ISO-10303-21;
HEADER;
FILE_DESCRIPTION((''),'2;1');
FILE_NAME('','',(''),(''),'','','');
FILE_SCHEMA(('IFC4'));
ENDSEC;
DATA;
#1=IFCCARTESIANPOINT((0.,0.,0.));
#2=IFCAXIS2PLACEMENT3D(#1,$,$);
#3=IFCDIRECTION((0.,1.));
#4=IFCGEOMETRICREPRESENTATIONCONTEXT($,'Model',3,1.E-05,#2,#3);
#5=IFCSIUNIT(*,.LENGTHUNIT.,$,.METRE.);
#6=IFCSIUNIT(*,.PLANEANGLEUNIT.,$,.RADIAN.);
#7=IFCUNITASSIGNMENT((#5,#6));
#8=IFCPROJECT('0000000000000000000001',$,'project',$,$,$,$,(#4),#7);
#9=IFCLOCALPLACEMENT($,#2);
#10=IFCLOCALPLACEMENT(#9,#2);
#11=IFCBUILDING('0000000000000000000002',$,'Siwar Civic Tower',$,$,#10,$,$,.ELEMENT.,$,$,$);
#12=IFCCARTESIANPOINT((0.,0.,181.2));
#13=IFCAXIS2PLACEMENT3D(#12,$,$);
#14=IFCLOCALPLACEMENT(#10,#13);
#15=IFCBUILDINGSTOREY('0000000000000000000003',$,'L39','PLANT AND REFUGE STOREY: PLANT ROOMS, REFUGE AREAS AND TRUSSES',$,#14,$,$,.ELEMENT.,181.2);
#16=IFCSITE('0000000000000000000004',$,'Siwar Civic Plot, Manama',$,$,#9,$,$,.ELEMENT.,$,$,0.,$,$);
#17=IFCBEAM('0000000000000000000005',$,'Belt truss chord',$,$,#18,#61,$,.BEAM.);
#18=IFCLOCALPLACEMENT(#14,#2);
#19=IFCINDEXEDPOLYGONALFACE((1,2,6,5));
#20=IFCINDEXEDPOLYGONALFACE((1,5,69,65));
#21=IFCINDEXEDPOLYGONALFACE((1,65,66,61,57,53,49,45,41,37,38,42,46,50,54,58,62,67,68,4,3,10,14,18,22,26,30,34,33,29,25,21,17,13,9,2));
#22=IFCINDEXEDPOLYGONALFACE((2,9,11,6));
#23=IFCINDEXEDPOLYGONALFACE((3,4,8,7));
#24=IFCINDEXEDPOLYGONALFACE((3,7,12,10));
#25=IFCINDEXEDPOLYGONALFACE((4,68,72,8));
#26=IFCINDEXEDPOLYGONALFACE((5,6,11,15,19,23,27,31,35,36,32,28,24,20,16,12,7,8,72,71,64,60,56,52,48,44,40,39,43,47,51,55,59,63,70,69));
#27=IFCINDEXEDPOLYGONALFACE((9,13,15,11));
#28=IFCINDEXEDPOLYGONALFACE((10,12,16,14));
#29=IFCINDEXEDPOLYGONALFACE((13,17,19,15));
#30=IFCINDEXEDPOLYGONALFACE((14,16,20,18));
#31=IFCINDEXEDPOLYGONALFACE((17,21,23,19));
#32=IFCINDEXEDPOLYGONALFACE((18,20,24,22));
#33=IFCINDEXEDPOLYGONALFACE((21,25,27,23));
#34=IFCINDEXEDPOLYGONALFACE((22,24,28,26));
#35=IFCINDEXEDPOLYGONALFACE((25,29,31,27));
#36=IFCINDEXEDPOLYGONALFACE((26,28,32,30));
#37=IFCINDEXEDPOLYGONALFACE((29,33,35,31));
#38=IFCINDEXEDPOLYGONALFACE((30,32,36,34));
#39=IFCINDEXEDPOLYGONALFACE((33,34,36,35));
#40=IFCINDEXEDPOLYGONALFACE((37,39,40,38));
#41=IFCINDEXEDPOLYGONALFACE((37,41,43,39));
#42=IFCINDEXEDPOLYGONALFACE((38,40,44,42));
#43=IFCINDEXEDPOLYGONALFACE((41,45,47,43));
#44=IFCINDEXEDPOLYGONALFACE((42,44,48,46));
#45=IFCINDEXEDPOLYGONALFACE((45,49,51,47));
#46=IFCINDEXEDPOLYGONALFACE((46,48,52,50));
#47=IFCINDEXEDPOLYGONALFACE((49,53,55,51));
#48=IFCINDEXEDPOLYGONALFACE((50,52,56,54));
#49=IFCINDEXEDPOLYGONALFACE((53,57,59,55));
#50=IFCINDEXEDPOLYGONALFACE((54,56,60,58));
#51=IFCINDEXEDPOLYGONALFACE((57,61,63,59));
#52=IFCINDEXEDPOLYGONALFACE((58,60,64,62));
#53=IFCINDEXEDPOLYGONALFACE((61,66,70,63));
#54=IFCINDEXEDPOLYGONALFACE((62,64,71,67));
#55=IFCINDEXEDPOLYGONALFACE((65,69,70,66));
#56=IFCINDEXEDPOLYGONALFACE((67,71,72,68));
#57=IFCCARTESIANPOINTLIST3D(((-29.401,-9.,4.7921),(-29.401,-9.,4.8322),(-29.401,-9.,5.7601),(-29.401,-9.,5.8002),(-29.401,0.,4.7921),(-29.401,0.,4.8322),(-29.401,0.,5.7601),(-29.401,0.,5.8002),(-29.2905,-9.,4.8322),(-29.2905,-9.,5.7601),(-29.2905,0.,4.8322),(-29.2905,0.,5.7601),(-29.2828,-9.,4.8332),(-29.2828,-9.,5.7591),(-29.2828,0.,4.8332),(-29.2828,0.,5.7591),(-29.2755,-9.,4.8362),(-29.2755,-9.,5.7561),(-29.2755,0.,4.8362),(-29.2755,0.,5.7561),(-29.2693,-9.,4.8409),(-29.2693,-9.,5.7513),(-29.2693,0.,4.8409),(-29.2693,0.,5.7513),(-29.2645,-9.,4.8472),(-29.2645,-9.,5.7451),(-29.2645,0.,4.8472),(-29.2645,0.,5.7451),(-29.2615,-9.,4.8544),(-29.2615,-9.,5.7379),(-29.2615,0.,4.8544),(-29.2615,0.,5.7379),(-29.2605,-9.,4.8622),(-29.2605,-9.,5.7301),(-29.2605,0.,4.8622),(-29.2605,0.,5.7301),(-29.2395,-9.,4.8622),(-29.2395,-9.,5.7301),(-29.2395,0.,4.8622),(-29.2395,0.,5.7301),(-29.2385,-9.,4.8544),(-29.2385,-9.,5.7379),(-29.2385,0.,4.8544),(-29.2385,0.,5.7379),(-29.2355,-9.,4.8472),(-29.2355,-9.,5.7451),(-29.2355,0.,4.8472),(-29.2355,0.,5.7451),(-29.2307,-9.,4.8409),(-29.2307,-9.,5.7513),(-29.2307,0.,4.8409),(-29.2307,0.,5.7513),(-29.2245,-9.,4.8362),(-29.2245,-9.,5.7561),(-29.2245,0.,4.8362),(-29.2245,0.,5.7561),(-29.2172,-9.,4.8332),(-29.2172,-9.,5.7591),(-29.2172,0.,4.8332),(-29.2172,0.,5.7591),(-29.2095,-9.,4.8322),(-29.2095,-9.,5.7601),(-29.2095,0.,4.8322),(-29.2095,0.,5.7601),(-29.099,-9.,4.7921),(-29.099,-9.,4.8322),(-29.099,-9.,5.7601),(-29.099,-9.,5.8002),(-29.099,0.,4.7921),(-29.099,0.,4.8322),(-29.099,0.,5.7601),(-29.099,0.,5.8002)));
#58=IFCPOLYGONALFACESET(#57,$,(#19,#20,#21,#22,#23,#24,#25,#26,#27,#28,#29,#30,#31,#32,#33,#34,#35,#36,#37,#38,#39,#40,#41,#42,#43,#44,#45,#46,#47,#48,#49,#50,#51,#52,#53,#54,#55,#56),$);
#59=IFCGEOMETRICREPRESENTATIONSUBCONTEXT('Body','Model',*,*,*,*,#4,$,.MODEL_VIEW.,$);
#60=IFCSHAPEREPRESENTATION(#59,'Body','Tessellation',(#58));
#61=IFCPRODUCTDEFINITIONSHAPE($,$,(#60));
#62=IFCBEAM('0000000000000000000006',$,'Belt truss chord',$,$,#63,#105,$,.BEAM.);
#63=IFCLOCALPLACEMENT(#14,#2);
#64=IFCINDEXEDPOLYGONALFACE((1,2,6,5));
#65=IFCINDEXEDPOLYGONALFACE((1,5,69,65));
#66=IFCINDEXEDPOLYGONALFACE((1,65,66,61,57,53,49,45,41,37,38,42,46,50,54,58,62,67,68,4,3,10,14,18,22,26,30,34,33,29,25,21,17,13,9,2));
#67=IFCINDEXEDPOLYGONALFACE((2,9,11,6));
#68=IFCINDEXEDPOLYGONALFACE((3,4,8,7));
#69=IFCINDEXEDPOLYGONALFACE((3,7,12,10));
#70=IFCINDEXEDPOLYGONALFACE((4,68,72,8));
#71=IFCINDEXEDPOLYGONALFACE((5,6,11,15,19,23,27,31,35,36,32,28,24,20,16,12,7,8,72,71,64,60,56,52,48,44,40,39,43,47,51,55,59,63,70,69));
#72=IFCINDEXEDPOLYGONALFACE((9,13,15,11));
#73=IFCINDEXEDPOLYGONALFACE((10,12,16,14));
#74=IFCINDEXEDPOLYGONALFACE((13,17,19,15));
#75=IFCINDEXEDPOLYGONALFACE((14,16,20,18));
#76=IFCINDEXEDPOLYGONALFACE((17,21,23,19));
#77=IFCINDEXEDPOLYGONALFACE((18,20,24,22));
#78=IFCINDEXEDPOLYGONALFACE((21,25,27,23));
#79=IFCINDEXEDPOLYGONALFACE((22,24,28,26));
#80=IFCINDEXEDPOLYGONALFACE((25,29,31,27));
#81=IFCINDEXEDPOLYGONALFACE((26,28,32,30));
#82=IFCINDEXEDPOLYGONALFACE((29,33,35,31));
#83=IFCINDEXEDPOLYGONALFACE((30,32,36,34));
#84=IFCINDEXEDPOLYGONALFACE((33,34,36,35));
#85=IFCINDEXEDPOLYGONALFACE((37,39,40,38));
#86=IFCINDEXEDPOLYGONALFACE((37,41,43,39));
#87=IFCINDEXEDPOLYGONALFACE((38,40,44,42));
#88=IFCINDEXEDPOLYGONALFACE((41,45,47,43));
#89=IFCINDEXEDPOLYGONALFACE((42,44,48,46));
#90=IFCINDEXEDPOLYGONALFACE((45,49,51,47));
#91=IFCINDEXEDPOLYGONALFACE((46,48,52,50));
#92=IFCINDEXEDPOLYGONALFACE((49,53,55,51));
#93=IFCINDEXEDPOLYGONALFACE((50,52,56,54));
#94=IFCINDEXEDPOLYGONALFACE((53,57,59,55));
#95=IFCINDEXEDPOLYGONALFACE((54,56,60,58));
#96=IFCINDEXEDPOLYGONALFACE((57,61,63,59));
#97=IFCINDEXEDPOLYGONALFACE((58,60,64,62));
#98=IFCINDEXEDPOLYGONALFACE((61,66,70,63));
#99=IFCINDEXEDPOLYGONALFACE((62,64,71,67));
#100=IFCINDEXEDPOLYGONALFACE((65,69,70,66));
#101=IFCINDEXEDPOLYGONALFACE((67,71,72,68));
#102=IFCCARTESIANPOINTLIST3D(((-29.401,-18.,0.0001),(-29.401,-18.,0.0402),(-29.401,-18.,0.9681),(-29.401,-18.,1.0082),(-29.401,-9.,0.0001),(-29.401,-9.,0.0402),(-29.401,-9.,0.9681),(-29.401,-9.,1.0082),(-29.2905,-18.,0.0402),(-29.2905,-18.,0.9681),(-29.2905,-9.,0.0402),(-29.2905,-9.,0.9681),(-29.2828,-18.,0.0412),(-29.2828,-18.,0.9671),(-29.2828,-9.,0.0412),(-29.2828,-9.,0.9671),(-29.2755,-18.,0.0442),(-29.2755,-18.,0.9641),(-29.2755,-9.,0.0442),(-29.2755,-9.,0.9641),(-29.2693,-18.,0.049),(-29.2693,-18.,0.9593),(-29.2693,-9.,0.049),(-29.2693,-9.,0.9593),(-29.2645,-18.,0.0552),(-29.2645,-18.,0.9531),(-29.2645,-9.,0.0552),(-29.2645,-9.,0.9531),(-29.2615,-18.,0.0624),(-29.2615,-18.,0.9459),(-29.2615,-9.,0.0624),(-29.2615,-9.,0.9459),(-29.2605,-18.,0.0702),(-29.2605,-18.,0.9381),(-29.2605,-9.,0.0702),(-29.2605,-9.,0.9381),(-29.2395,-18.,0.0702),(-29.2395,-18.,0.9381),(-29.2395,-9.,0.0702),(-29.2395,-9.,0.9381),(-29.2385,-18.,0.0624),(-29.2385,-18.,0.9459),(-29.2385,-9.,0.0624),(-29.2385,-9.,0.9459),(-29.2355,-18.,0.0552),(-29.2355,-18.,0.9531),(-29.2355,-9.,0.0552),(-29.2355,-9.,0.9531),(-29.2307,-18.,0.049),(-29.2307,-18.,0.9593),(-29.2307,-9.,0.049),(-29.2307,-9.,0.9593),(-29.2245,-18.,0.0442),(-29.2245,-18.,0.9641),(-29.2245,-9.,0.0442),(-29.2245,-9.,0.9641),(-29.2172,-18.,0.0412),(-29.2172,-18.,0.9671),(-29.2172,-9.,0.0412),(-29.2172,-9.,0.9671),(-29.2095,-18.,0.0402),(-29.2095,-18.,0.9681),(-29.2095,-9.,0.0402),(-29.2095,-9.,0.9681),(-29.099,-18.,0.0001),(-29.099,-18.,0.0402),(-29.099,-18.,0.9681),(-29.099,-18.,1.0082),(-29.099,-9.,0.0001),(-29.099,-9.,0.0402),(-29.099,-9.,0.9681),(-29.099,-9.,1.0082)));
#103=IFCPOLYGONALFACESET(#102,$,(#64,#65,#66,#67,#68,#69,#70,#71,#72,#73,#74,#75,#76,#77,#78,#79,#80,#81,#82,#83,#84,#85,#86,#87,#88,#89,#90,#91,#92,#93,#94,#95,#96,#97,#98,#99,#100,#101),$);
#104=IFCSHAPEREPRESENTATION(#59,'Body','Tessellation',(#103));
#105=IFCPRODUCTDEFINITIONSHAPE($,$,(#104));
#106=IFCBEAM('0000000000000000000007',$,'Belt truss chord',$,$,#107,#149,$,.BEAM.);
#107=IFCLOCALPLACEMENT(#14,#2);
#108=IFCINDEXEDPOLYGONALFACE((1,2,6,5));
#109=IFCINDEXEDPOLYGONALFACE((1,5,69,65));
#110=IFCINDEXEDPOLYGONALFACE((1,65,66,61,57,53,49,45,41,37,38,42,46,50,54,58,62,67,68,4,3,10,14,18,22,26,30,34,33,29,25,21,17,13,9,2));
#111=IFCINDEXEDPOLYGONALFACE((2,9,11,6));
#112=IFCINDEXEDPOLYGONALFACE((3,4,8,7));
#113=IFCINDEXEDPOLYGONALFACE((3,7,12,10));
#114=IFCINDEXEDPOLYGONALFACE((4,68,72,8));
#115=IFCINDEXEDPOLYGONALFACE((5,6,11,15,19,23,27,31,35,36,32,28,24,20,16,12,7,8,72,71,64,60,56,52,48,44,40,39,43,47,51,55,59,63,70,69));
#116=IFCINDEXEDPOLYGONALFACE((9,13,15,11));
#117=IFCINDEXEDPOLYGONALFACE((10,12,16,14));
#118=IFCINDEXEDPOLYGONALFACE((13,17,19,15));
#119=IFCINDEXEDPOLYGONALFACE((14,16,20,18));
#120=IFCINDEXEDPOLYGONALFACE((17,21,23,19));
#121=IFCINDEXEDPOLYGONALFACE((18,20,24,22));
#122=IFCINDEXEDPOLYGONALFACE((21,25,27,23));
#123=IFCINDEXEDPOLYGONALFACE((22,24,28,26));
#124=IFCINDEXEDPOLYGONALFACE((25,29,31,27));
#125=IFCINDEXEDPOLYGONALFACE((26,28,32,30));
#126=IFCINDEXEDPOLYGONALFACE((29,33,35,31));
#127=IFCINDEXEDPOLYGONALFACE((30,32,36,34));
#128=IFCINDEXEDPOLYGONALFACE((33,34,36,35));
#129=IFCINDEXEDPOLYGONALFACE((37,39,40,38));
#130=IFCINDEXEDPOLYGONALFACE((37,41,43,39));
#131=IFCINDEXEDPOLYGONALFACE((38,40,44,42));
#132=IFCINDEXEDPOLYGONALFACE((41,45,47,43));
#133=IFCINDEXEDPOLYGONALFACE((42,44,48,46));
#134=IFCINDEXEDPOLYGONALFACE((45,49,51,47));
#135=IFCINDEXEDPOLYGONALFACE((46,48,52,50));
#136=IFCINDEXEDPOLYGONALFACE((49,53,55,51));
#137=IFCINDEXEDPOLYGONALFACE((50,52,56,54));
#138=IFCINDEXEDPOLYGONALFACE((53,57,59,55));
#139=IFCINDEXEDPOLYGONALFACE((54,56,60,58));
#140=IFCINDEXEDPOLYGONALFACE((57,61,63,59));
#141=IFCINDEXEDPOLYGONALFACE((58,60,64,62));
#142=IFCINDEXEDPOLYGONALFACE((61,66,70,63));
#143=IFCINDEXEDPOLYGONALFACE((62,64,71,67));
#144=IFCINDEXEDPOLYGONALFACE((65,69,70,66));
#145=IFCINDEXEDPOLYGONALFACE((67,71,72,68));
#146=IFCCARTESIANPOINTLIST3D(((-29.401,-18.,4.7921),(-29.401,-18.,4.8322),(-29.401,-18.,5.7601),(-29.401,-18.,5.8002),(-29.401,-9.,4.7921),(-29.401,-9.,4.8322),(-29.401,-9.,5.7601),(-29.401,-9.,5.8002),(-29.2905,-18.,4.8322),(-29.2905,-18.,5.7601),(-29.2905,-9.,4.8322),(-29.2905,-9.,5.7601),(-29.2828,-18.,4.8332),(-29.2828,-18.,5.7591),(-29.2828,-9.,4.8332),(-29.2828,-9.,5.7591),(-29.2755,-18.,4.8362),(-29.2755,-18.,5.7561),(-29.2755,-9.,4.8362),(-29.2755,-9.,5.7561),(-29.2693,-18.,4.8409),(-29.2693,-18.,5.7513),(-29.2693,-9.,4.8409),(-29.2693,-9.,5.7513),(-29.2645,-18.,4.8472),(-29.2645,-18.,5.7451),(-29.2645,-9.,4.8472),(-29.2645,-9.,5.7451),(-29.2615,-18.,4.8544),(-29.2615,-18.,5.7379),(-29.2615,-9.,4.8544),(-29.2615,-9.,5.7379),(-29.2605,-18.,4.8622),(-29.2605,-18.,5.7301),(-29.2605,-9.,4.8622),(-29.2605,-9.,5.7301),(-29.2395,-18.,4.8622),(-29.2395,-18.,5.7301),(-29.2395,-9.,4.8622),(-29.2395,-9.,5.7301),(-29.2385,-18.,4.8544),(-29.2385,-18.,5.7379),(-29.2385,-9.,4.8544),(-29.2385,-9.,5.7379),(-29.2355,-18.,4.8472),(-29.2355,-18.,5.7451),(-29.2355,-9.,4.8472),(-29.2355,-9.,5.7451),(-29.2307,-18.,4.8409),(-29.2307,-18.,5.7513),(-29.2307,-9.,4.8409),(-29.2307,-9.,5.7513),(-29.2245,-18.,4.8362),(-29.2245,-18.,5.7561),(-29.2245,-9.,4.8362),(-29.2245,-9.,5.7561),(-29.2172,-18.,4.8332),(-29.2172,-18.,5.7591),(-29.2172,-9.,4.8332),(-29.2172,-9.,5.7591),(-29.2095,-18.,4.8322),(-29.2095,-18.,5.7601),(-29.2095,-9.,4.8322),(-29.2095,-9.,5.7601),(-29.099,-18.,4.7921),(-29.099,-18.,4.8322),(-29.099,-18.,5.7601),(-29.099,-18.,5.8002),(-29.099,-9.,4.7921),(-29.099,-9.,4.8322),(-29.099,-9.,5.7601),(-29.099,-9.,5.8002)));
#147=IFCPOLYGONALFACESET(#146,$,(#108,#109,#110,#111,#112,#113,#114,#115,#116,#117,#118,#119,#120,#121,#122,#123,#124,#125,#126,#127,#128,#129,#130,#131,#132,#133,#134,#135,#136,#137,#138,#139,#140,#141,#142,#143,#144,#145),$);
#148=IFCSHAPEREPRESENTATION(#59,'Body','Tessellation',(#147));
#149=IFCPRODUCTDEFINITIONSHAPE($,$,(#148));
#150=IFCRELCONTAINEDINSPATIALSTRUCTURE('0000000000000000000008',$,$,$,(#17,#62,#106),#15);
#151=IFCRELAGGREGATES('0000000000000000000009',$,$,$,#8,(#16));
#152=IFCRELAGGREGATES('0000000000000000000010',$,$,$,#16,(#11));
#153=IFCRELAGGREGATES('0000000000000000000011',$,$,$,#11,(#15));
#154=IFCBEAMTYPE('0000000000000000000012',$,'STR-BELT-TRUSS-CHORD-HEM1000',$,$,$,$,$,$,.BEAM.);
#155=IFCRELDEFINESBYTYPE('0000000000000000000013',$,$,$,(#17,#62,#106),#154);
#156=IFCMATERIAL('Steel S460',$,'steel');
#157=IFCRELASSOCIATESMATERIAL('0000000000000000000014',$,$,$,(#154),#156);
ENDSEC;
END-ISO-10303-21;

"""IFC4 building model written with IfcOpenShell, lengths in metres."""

from ifc_helpers import new_model, si_unit, direction, frame, origin, origin_2d, place, context, subcontext, project, spatial, i_section, extrude, material, material_profile, profile_set, type_object, element, save


model = new_model("IFC4")

# Units and contexts
model_context = context("Model", 3, precision=1e-05, world=origin(), true_north=direction((0.0, 1.0)))
body_context = subcontext(model_context, "Body", "Model", "MODEL_VIEW")
ifc_project = project(units=[si_unit("LENGTHUNIT", "METRE"), si_unit("PLANEANGLEUNIT", "RADIAN")], contexts=[model_context])

# Site, building, storey
site_placement = place(None, origin())
site = spatial("IfcSite", under=ifc_project, at=site_placement, Name="Siwar Civic Plot, Manama", CompositionType="ELEMENT", RefElevation=0.0)
building_placement = place(site_placement, origin())
building = spatial("IfcBuilding", under=site, at=building_placement, Name="Siwar Civic Tower", CompositionType="ELEMENT")
storey_placement = place(building_placement, frame((0.0, 0.0, 181.2)))
storey = spatial("IfcBuildingStorey", under=building, at=storey_placement, Name="L39", Description="PLANT AND REFUGE STOREY: PLANT ROOMS, REFUGE AREAS AND TRUSSES", CompositionType="ELEMENT", Elevation=181.2)

# Beams
ifc_material_1 = material(Name="Steel S460", Category="steel")
ifc_material_profile_1 = material_profile(ifc_material_1, i_section(OverallWidth=0.302, OverallDepth=1.0081, WebThickness=0.021, FlangeThickness=0.04, FilletRadius=0.03, at=origin_2d()), Name="HEM1000")
ifc_profile_set_1 = profile_set([ifc_material_profile_1], Name="Steel S460")
beam_type_1 = type_object("IfcBeamType", Name="STR-BELT-TRUSS-CHORD-HEM1000", PredefinedType="BEAM", material=ifc_profile_set_1)
for number, where, z_axis, x_axis, name in (
    (1, (-29.25, 0.0, 5.2961), (0.0, -1.0, 0.0), (1.0, 0.0, 0.0), "Belt truss chord"),
    (2, (-29.25, -9.0, 0.5042), (0.0, -1.0, 0.0), (1.0, 0.0, 0.0), "Belt truss chord"),
    (3, (-29.25, -9.0, 5.2961), (0.0, -1.0, 0.0), (1.0, 0.0, 0.0), "Belt truss chord"),
):
    element("IfcBeam", number, at=place(storey_placement, frame(where, z_axis=z_axis, x_axis=x_axis)), inside=storey, type_object=beam_type_1, Name=name, PredefinedType="BEAM", context=body_context, shape_type="SweptSolid", body=[
        extrude(i_section(OverallWidth=0.302, OverallDepth=1.0081, WebThickness=0.021, FlangeThickness=0.04, FilletRadius=0.03, at=origin_2d()), origin(), (0.0, 0.0, 1.0), 9.0),
    ])

save(model, "model.ifc")
